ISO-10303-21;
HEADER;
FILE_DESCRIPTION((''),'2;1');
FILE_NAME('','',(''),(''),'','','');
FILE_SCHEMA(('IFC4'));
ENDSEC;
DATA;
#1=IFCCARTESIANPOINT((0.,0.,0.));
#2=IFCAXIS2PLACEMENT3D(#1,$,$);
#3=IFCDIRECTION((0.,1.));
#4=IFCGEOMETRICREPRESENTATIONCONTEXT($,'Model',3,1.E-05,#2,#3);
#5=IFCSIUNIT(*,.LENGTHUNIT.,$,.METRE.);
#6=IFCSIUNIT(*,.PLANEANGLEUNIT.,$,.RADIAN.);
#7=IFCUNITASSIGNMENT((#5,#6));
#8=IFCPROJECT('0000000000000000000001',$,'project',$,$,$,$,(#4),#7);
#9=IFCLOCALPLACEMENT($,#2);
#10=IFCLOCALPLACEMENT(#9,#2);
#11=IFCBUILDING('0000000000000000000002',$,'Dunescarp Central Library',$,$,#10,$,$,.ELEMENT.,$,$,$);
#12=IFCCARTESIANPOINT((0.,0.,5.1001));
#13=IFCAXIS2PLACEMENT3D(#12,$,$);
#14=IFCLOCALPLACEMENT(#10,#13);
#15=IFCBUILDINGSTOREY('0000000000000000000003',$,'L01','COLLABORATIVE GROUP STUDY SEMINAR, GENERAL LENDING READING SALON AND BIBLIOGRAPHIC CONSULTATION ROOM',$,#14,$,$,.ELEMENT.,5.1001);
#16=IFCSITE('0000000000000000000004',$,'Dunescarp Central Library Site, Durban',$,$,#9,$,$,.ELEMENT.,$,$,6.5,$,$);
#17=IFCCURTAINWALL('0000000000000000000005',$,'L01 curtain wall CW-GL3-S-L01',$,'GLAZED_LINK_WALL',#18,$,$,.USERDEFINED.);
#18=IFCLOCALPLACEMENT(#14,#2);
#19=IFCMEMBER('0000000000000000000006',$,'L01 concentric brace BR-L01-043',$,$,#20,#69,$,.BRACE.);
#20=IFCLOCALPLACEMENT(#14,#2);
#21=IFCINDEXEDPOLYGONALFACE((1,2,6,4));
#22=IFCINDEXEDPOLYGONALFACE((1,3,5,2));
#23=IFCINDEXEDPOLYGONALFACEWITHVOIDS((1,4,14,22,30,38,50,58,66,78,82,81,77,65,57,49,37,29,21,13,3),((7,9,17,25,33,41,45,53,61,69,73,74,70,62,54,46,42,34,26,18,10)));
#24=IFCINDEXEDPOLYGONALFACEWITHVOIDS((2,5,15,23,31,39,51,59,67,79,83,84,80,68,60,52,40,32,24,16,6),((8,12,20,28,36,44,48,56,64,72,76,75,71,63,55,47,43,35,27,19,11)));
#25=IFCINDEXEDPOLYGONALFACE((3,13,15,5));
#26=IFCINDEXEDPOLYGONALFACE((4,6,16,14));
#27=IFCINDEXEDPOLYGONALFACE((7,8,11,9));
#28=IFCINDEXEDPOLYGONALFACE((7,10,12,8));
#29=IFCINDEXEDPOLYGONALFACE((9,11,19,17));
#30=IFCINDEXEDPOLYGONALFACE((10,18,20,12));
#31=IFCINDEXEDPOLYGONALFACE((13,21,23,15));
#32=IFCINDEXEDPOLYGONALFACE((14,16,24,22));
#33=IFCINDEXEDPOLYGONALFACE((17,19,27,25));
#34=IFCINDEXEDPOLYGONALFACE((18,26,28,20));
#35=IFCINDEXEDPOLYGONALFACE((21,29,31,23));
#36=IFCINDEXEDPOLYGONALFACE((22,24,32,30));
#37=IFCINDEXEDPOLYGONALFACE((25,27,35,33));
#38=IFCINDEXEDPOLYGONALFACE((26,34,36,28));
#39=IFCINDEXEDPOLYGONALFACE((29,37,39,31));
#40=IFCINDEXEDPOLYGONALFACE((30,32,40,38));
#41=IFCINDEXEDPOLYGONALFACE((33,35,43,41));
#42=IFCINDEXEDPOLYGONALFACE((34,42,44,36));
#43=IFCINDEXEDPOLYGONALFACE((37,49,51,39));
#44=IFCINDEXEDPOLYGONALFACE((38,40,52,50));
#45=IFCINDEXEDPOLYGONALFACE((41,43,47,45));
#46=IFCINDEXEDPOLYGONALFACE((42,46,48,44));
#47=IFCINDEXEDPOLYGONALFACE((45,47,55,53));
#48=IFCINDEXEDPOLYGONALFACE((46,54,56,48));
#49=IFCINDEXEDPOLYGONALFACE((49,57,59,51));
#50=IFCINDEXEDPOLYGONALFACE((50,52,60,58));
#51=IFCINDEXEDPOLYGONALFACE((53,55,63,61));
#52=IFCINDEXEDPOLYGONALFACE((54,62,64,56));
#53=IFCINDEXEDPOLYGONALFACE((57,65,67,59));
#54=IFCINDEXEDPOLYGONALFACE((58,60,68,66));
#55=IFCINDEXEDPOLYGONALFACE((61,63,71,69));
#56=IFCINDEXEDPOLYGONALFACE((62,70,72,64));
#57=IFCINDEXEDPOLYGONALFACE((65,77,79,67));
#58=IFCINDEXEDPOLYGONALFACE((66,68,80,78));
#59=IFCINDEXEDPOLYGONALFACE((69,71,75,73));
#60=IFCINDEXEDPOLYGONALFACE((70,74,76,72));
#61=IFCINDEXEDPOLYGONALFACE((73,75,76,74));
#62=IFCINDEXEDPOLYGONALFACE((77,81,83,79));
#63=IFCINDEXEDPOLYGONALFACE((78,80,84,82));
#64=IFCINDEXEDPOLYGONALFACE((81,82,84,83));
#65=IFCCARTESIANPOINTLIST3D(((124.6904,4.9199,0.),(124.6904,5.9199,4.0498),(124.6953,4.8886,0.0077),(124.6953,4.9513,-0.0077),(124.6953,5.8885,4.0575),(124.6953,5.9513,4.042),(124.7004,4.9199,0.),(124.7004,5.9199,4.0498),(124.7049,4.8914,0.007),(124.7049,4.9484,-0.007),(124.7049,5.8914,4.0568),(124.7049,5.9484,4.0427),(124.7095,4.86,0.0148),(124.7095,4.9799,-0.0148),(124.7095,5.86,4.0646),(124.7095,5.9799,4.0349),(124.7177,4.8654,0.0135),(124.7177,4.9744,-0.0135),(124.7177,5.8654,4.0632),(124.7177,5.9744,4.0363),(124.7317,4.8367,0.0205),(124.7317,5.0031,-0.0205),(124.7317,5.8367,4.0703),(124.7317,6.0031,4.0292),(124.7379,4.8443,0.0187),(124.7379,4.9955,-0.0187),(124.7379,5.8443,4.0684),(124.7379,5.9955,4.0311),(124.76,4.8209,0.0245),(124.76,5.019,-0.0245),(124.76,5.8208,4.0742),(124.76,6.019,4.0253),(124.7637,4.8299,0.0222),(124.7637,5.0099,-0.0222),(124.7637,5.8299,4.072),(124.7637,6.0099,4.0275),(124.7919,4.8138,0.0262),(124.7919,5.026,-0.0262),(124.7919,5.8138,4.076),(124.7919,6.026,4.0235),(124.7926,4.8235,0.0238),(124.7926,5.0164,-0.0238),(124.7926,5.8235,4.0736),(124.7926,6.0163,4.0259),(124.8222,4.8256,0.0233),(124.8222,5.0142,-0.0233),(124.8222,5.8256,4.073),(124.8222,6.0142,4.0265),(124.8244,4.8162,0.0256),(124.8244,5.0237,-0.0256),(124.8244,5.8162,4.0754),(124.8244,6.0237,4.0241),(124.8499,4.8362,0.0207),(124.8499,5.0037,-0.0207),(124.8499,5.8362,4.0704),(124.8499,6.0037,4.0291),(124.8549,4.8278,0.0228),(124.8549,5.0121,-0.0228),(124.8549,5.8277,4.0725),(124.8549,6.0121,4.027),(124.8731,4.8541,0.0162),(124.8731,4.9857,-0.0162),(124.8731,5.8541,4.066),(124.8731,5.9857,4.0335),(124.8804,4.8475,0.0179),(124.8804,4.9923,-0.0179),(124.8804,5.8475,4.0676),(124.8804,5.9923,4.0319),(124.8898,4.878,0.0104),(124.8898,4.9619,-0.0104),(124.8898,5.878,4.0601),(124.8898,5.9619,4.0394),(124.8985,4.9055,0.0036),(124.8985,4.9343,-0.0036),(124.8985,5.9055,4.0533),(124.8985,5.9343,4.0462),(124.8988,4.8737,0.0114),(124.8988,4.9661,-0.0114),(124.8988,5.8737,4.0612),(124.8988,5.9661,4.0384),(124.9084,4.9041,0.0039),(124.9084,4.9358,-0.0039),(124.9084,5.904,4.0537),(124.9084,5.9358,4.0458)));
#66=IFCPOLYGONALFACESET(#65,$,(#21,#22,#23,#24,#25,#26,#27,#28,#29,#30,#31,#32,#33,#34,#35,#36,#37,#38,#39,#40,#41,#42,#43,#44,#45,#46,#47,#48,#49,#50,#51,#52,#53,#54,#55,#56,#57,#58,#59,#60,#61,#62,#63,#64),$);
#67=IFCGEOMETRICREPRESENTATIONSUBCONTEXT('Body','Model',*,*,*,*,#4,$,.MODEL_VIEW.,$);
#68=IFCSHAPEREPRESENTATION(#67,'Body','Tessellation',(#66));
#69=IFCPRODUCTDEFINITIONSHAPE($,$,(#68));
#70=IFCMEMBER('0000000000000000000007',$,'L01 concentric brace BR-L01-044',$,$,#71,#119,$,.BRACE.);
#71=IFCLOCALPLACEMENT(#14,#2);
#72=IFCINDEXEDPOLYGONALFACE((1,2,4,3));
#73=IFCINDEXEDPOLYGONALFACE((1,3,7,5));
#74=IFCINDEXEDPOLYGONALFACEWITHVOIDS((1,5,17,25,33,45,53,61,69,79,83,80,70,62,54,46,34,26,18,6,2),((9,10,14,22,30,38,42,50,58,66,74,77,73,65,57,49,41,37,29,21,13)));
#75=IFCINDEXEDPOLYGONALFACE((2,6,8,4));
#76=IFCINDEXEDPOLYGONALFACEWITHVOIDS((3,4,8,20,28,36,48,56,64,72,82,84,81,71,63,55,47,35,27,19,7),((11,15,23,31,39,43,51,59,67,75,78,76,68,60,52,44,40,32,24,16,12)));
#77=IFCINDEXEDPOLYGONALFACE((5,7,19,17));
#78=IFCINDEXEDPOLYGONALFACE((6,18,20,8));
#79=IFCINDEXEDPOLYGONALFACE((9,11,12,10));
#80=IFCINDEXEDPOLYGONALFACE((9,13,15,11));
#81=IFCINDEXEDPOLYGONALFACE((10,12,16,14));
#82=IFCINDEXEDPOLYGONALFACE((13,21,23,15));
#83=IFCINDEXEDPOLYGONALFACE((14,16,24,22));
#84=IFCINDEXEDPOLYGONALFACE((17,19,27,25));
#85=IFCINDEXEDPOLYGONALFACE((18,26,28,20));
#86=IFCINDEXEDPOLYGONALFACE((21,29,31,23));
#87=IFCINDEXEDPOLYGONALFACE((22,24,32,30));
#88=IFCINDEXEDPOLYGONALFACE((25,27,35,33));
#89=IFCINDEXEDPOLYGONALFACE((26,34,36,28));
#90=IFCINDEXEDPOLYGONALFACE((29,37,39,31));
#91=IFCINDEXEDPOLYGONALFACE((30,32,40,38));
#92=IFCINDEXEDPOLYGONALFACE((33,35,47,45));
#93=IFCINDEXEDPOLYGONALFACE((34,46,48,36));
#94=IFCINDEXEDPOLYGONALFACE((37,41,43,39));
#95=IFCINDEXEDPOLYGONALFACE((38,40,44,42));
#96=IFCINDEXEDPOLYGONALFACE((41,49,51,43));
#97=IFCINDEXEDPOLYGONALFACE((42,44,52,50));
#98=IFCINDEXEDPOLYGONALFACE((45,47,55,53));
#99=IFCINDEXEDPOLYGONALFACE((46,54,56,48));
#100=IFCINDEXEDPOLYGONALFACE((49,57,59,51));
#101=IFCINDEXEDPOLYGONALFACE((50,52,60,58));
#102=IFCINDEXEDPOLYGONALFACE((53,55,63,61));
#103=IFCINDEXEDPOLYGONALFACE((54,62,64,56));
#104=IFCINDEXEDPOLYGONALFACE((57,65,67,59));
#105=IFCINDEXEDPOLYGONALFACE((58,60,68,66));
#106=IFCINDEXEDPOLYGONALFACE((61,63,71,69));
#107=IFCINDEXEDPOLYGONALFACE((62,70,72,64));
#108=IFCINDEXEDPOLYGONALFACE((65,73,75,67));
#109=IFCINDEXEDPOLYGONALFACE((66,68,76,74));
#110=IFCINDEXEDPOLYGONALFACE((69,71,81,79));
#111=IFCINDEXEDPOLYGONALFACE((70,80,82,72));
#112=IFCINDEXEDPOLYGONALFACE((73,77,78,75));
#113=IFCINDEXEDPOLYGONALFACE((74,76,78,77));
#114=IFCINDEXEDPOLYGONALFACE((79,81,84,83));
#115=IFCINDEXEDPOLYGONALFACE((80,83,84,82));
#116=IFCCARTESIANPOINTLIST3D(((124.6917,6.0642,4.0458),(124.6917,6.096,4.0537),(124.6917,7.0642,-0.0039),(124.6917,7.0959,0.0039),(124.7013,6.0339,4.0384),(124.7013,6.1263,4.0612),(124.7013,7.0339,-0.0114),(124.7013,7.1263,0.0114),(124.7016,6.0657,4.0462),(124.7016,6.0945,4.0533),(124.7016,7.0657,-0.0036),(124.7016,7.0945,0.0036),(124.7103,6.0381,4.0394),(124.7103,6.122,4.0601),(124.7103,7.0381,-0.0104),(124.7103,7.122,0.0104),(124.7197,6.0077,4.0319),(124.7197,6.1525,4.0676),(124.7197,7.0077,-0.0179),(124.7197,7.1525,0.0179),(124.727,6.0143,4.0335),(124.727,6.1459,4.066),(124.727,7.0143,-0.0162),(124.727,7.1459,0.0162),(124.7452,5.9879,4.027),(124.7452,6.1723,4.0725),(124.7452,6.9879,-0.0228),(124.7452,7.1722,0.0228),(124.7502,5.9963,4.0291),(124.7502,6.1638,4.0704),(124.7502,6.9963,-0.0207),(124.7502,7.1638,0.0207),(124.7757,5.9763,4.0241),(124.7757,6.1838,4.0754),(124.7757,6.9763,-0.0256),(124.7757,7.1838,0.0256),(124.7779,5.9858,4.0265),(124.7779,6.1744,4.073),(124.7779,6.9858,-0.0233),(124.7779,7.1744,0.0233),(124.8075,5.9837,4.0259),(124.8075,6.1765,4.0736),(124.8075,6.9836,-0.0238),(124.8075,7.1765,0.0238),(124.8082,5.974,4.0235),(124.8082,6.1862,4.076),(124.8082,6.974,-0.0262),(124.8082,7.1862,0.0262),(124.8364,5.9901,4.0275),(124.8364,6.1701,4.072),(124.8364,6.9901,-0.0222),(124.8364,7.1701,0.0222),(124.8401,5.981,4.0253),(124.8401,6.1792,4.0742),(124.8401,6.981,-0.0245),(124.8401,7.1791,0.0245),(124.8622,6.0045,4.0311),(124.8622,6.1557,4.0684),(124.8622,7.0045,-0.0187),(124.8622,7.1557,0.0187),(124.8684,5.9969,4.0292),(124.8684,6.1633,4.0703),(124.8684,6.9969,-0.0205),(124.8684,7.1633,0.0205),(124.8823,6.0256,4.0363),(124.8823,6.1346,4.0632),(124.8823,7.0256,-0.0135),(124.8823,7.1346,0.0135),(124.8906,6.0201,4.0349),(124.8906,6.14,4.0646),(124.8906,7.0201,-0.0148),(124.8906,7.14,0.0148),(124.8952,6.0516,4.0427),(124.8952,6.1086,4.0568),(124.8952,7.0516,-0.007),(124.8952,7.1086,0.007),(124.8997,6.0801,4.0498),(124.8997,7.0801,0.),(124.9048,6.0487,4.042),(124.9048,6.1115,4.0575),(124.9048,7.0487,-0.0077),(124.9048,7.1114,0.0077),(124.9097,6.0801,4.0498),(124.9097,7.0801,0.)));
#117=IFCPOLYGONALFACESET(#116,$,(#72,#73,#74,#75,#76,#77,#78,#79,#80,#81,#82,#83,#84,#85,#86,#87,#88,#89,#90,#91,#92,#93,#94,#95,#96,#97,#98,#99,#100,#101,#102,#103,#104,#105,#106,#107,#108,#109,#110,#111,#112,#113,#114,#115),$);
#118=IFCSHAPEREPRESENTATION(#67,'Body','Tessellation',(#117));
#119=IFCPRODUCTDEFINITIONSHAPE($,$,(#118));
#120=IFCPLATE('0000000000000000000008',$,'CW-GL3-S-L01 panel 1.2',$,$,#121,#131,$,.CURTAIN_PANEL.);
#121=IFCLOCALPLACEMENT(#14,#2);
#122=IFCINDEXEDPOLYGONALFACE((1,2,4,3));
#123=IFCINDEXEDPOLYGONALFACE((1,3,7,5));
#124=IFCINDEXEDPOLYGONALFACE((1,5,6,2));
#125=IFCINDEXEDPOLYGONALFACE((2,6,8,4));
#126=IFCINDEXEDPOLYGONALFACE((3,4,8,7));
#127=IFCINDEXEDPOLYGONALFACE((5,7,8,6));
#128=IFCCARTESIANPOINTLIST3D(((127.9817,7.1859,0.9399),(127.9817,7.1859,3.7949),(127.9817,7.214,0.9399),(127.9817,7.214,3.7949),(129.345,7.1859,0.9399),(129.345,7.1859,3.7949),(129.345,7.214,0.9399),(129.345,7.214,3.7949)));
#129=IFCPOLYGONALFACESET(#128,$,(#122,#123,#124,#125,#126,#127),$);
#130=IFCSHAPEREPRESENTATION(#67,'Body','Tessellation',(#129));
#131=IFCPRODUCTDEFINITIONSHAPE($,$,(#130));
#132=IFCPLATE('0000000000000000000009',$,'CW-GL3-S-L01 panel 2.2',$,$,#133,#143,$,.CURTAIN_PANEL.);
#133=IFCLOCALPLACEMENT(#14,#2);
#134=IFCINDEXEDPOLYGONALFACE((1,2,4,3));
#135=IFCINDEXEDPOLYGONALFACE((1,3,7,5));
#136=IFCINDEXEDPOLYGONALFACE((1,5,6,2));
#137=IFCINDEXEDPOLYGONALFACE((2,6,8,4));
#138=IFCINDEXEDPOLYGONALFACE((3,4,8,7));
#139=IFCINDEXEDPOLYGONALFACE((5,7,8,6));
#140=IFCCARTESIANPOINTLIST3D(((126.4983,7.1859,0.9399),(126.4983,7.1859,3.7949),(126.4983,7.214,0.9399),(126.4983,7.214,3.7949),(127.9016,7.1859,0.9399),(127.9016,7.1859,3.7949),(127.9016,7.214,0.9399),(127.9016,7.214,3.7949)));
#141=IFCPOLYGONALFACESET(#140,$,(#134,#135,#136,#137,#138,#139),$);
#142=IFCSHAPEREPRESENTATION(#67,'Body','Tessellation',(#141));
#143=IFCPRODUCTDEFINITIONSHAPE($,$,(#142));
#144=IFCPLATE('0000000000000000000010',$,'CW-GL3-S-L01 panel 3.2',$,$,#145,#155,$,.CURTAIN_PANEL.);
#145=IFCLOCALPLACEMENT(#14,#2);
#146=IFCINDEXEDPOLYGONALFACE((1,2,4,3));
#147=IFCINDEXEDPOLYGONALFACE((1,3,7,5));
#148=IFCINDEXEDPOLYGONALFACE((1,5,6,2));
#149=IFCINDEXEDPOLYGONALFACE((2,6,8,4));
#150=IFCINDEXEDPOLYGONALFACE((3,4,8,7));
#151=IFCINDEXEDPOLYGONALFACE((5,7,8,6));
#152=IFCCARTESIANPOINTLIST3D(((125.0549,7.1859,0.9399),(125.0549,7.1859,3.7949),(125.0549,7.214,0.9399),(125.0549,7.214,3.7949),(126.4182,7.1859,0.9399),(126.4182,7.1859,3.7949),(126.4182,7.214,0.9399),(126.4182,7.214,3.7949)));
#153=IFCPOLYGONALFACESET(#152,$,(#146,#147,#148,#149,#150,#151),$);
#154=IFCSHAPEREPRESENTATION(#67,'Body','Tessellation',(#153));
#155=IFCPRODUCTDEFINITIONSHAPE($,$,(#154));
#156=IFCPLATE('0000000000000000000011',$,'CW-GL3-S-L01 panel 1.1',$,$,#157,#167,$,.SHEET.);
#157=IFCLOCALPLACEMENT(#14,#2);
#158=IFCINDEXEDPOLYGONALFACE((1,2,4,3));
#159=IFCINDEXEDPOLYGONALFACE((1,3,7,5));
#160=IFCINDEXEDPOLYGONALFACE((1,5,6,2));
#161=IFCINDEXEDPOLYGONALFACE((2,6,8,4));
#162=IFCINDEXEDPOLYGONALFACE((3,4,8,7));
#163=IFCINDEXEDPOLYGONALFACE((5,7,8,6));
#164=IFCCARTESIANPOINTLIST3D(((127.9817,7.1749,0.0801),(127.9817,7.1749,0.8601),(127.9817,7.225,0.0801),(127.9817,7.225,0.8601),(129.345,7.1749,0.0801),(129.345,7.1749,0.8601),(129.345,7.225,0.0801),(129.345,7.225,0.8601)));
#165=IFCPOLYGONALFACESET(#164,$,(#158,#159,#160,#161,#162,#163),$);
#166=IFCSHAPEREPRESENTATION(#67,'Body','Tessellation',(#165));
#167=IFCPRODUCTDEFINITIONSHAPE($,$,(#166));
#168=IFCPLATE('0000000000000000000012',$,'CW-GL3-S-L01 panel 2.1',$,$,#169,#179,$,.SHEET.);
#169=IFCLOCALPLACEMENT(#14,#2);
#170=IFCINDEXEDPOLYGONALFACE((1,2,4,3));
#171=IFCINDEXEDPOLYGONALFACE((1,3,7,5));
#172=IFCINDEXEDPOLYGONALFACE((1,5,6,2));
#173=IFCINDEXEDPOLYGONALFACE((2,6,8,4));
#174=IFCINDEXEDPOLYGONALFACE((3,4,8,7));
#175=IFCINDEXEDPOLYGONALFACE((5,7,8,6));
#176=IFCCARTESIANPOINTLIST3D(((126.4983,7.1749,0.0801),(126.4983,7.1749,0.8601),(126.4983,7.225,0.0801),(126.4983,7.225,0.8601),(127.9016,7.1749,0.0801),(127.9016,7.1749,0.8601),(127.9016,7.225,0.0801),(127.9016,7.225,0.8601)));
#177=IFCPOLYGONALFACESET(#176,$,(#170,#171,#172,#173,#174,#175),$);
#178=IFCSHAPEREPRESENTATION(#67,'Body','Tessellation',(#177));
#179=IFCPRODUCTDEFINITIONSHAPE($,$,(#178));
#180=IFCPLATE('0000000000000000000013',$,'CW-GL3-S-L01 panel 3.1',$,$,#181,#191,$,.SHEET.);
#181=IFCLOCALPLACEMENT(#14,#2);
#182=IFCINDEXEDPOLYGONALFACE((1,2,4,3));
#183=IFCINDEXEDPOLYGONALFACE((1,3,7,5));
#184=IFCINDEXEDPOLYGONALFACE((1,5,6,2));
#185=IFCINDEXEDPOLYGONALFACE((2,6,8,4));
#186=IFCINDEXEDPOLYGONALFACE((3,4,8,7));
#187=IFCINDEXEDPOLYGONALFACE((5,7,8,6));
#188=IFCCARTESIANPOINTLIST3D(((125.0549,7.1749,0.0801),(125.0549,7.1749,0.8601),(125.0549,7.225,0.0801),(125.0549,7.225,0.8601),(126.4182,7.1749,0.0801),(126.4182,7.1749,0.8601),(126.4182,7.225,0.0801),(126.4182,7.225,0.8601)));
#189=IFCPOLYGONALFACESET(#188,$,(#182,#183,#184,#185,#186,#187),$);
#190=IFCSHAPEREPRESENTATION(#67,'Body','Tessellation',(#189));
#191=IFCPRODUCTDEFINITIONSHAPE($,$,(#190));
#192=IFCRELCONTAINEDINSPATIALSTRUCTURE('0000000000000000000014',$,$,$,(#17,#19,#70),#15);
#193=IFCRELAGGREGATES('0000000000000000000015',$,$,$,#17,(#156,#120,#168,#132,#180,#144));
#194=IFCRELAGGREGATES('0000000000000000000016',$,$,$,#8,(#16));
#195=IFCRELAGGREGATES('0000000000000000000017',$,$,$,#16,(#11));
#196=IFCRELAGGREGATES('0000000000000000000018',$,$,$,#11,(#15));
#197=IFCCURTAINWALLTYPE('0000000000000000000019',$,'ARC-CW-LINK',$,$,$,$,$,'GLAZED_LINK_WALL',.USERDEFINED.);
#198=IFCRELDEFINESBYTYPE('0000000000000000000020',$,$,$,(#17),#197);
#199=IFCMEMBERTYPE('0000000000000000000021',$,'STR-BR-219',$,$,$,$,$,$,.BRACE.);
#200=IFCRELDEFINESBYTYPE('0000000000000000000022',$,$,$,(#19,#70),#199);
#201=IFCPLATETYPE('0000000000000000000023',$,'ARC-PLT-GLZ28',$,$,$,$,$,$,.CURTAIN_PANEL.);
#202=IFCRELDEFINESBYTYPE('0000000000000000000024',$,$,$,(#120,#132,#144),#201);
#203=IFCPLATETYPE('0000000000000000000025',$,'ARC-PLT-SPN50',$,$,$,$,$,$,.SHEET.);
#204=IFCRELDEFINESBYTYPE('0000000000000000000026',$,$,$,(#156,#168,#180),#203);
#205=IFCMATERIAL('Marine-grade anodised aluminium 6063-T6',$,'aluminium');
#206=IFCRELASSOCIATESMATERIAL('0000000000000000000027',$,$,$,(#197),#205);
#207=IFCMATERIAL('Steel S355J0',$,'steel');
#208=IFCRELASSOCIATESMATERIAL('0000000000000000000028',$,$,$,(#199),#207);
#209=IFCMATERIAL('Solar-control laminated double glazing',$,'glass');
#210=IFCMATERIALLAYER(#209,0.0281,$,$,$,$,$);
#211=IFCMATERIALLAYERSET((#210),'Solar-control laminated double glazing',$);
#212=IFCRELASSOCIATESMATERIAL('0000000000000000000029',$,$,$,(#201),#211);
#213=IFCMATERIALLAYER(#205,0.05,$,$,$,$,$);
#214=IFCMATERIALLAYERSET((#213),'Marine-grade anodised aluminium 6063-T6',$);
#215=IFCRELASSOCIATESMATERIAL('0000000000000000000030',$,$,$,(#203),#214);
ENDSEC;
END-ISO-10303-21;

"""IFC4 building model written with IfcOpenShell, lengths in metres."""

from ifc_helpers import new_model, si_unit, direction, frame, origin, origin_2d, place, context, subcontext, project, spatial, rectangle, hollow_circle, extrude, material, layer, layer_set, material_profile, profile_set, type_object, element, aggregate, save


model = new_model("IFC4")

# Units and contexts
model_context = context("Model", 3, precision=1e-05, world=origin(), true_north=direction((0.0, 1.0)))
body_context = subcontext(model_context, "Body", "Model", "MODEL_VIEW")
ifc_project = project(units=[si_unit("LENGTHUNIT", "METRE"), si_unit("PLANEANGLEUNIT", "RADIAN")], contexts=[model_context])

# Site, building, storey
site_placement = place(None, origin())
site = spatial("IfcSite", under=ifc_project, at=site_placement, Name="Dunescarp Central Library Site, Durban", CompositionType="ELEMENT", RefElevation=6.5)
building_placement = place(site_placement, origin())
building = spatial("IfcBuilding", under=site, at=building_placement, Name="Dunescarp Central Library", CompositionType="ELEMENT")
storey_placement = place(building_placement, frame((0.0, 0.0, 5.1001)))
storey = spatial("IfcBuildingStorey", under=building, at=storey_placement, Name="L01", Description="COLLABORATIVE GROUP STUDY SEMINAR, GENERAL LENDING READING SALON AND BIBLIOGRAPHIC CONSULTATION ROOM", CompositionType="ELEMENT", Elevation=5.1001)

# Curtain wall
ifc_material_1 = material(Name="Marine-grade anodised aluminium 6063-T6", Category="aluminium")
curtain_wall_type = type_object("IfcCurtainWallType", Name="ARC-CW-LINK", ElementType="GLAZED_LINK_WALL", PredefinedType="USERDEFINED", material=ifc_material_1)
curtain_wall_placement = place(storey_placement, origin())
curtain_wall = element("IfcCurtainWall", 1, at=curtain_wall_placement, inside=storey, type_object=curtain_wall_type, Name="L01 curtain wall CW-GL3-S-L01", ObjectType="GLAZED_LINK_WALL", PredefinedType="USERDEFINED")

# Members
ifc_material_2 = material(Name="Steel S355J0", Category="steel")
ifc_material_profile_1 = material_profile(ifc_material_2, hollow_circle(Radius=0.1096, WallThickness=0.01, at=origin_2d()), Name="CHS 219.1x10")
ifc_profile_set_1 = profile_set([ifc_material_profile_1], Name="Steel S355J0")
member_type_1 = type_object("IfcMemberType", Name="STR-BR-219", PredefinedType="BRACE", material=ifc_profile_set_1)
for number, where, z_axis, x_axis, name in (
    (2, (124.8, 4.9199, 0.0), (0.0, 0.239725, 0.970841), (-1.0, 0.0, 0.0), "L01 concentric brace BR-L01-043"),
    (3, (124.8, 7.0801, 0.0), (0.0, -0.239725, 0.970841), (1.0, 0.0, 0.0), "L01 concentric brace BR-L01-044"),
):
    element("IfcMember", number, at=place(storey_placement, frame(where, z_axis=z_axis, x_axis=x_axis)), inside=storey, type_object=member_type_1, Name=name, PredefinedType="BRACE", context=body_context, shape_type="SweptSolid", body=[
        extrude(hollow_circle(Radius=0.1096, WallThickness=0.01, at=origin_2d()), origin(), (0.0, 0.0, 1.0), 4.1714),
    ])

# Plates
ifc_material_3 = material(Name="Solar-control laminated double glazing", Category="glass")
ifc_layer_1 = layer(ifc_material_3, 0.0281)
ifc_layer_set_1 = layer_set([ifc_layer_1], Name="Solar-control laminated double glazing")
plate_type_1 = type_object("IfcPlateType", Name="ARC-PLT-GLZ28", PredefinedType="CURTAIN_PANEL", material=ifc_layer_set_1)
plate_1_placement = place(storey_placement, frame((128.6633, 7.2, 0.9399), z_axis=(0.0, 0.0, 1.0), x_axis=(-1.0, 0.0, 0.0)))
plate_1 = element("IfcPlate", 4, at=plate_1_placement, type_object=plate_type_1, Name="CW-GL3-S-L01 panel 1.2", PredefinedType="CURTAIN_PANEL", context=body_context, shape_type="SweptSolid", body=[
    extrude(rectangle(XDim=1.3633, YDim=0.0281, at=origin_2d()), origin(), (0.0, 0.0, 1.0), 2.855),
])
plate_2_placement = place(storey_placement, frame((127.2, 7.2, 0.9399), z_axis=(0.0, 0.0, 1.0), x_axis=(-1.0, 0.0, 0.0)))
plate_2 = element("IfcPlate", 5, at=plate_2_placement, type_object=plate_type_1, Name="CW-GL3-S-L01 panel 2.2", PredefinedType="CURTAIN_PANEL", context=body_context, shape_type="SweptSolid", body=[
    extrude(rectangle(XDim=1.4033, YDim=0.0281, at=origin_2d()), origin(), (0.0, 0.0, 1.0), 2.855),
])
plate_3_placement = place(storey_placement, frame((125.7366, 7.2, 0.9399), z_axis=(0.0, 0.0, 1.0), x_axis=(-1.0, 0.0, 0.0)))
plate_3 = element("IfcPlate", 6, at=plate_3_placement, type_object=plate_type_1, Name="CW-GL3-S-L01 panel 3.2", PredefinedType="CURTAIN_PANEL", context=body_context, shape_type="SweptSolid", body=[
    extrude(rectangle(XDim=1.3633, YDim=0.0281, at=origin_2d()), origin(), (0.0, 0.0, 1.0), 2.855),
])
ifc_layer_2 = layer(ifc_material_1, 0.05)
ifc_layer_set_2 = layer_set([ifc_layer_2], Name="Marine-grade anodised aluminium 6063-T6")
plate_type_2 = type_object("IfcPlateType", Name="ARC-PLT-SPN50", PredefinedType="SHEET", material=ifc_layer_set_2)
plate_4_placement = place(storey_placement, frame((128.6633, 7.2, 0.0801), z_axis=(0.0, 0.0, 1.0), x_axis=(-1.0, 0.0, 0.0)))
plate_4 = element("IfcPlate", 7, at=plate_4_placement, type_object=plate_type_2, Name="CW-GL3-S-L01 panel 1.1", PredefinedType="SHEET", context=body_context, shape_type="SweptSolid", body=[
    extrude(rectangle(XDim=1.3633, YDim=0.05, at=origin_2d()), origin(), (0.0, 0.0, 1.0), 0.78),
])
plate_5_placement = place(storey_placement, frame((127.2, 7.2, 0.0801), z_axis=(0.0, 0.0, 1.0), x_axis=(-1.0, 0.0, 0.0)))
plate_5 = element("IfcPlate", 8, at=plate_5_placement, type_object=plate_type_2, Name="CW-GL3-S-L01 panel 2.1", PredefinedType="SHEET", context=body_context, shape_type="SweptSolid", body=[
    extrude(rectangle(XDim=1.4033, YDim=0.05, at=origin_2d()), origin(), (0.0, 0.0, 1.0), 0.78),
])
plate_6_placement = place(storey_placement, frame((125.7366, 7.2, 0.0801), z_axis=(0.0, 0.0, 1.0), x_axis=(-1.0, 0.0, 0.0)))
plate_6 = element("IfcPlate", 9, at=plate_6_placement, type_object=plate_type_2, Name="CW-GL3-S-L01 panel 3.1", PredefinedType="SHEET", context=body_context, shape_type="SweptSolid", body=[
    extrude(rectangle(XDim=1.3633, YDim=0.05, at=origin_2d()), origin(), (0.0, 0.0, 1.0), 0.78),
])
aggregate(curtain_wall, [plate_4, plate_1, plate_5, plate_2, plate_6, plate_3])

save(model, "model.ifc")
